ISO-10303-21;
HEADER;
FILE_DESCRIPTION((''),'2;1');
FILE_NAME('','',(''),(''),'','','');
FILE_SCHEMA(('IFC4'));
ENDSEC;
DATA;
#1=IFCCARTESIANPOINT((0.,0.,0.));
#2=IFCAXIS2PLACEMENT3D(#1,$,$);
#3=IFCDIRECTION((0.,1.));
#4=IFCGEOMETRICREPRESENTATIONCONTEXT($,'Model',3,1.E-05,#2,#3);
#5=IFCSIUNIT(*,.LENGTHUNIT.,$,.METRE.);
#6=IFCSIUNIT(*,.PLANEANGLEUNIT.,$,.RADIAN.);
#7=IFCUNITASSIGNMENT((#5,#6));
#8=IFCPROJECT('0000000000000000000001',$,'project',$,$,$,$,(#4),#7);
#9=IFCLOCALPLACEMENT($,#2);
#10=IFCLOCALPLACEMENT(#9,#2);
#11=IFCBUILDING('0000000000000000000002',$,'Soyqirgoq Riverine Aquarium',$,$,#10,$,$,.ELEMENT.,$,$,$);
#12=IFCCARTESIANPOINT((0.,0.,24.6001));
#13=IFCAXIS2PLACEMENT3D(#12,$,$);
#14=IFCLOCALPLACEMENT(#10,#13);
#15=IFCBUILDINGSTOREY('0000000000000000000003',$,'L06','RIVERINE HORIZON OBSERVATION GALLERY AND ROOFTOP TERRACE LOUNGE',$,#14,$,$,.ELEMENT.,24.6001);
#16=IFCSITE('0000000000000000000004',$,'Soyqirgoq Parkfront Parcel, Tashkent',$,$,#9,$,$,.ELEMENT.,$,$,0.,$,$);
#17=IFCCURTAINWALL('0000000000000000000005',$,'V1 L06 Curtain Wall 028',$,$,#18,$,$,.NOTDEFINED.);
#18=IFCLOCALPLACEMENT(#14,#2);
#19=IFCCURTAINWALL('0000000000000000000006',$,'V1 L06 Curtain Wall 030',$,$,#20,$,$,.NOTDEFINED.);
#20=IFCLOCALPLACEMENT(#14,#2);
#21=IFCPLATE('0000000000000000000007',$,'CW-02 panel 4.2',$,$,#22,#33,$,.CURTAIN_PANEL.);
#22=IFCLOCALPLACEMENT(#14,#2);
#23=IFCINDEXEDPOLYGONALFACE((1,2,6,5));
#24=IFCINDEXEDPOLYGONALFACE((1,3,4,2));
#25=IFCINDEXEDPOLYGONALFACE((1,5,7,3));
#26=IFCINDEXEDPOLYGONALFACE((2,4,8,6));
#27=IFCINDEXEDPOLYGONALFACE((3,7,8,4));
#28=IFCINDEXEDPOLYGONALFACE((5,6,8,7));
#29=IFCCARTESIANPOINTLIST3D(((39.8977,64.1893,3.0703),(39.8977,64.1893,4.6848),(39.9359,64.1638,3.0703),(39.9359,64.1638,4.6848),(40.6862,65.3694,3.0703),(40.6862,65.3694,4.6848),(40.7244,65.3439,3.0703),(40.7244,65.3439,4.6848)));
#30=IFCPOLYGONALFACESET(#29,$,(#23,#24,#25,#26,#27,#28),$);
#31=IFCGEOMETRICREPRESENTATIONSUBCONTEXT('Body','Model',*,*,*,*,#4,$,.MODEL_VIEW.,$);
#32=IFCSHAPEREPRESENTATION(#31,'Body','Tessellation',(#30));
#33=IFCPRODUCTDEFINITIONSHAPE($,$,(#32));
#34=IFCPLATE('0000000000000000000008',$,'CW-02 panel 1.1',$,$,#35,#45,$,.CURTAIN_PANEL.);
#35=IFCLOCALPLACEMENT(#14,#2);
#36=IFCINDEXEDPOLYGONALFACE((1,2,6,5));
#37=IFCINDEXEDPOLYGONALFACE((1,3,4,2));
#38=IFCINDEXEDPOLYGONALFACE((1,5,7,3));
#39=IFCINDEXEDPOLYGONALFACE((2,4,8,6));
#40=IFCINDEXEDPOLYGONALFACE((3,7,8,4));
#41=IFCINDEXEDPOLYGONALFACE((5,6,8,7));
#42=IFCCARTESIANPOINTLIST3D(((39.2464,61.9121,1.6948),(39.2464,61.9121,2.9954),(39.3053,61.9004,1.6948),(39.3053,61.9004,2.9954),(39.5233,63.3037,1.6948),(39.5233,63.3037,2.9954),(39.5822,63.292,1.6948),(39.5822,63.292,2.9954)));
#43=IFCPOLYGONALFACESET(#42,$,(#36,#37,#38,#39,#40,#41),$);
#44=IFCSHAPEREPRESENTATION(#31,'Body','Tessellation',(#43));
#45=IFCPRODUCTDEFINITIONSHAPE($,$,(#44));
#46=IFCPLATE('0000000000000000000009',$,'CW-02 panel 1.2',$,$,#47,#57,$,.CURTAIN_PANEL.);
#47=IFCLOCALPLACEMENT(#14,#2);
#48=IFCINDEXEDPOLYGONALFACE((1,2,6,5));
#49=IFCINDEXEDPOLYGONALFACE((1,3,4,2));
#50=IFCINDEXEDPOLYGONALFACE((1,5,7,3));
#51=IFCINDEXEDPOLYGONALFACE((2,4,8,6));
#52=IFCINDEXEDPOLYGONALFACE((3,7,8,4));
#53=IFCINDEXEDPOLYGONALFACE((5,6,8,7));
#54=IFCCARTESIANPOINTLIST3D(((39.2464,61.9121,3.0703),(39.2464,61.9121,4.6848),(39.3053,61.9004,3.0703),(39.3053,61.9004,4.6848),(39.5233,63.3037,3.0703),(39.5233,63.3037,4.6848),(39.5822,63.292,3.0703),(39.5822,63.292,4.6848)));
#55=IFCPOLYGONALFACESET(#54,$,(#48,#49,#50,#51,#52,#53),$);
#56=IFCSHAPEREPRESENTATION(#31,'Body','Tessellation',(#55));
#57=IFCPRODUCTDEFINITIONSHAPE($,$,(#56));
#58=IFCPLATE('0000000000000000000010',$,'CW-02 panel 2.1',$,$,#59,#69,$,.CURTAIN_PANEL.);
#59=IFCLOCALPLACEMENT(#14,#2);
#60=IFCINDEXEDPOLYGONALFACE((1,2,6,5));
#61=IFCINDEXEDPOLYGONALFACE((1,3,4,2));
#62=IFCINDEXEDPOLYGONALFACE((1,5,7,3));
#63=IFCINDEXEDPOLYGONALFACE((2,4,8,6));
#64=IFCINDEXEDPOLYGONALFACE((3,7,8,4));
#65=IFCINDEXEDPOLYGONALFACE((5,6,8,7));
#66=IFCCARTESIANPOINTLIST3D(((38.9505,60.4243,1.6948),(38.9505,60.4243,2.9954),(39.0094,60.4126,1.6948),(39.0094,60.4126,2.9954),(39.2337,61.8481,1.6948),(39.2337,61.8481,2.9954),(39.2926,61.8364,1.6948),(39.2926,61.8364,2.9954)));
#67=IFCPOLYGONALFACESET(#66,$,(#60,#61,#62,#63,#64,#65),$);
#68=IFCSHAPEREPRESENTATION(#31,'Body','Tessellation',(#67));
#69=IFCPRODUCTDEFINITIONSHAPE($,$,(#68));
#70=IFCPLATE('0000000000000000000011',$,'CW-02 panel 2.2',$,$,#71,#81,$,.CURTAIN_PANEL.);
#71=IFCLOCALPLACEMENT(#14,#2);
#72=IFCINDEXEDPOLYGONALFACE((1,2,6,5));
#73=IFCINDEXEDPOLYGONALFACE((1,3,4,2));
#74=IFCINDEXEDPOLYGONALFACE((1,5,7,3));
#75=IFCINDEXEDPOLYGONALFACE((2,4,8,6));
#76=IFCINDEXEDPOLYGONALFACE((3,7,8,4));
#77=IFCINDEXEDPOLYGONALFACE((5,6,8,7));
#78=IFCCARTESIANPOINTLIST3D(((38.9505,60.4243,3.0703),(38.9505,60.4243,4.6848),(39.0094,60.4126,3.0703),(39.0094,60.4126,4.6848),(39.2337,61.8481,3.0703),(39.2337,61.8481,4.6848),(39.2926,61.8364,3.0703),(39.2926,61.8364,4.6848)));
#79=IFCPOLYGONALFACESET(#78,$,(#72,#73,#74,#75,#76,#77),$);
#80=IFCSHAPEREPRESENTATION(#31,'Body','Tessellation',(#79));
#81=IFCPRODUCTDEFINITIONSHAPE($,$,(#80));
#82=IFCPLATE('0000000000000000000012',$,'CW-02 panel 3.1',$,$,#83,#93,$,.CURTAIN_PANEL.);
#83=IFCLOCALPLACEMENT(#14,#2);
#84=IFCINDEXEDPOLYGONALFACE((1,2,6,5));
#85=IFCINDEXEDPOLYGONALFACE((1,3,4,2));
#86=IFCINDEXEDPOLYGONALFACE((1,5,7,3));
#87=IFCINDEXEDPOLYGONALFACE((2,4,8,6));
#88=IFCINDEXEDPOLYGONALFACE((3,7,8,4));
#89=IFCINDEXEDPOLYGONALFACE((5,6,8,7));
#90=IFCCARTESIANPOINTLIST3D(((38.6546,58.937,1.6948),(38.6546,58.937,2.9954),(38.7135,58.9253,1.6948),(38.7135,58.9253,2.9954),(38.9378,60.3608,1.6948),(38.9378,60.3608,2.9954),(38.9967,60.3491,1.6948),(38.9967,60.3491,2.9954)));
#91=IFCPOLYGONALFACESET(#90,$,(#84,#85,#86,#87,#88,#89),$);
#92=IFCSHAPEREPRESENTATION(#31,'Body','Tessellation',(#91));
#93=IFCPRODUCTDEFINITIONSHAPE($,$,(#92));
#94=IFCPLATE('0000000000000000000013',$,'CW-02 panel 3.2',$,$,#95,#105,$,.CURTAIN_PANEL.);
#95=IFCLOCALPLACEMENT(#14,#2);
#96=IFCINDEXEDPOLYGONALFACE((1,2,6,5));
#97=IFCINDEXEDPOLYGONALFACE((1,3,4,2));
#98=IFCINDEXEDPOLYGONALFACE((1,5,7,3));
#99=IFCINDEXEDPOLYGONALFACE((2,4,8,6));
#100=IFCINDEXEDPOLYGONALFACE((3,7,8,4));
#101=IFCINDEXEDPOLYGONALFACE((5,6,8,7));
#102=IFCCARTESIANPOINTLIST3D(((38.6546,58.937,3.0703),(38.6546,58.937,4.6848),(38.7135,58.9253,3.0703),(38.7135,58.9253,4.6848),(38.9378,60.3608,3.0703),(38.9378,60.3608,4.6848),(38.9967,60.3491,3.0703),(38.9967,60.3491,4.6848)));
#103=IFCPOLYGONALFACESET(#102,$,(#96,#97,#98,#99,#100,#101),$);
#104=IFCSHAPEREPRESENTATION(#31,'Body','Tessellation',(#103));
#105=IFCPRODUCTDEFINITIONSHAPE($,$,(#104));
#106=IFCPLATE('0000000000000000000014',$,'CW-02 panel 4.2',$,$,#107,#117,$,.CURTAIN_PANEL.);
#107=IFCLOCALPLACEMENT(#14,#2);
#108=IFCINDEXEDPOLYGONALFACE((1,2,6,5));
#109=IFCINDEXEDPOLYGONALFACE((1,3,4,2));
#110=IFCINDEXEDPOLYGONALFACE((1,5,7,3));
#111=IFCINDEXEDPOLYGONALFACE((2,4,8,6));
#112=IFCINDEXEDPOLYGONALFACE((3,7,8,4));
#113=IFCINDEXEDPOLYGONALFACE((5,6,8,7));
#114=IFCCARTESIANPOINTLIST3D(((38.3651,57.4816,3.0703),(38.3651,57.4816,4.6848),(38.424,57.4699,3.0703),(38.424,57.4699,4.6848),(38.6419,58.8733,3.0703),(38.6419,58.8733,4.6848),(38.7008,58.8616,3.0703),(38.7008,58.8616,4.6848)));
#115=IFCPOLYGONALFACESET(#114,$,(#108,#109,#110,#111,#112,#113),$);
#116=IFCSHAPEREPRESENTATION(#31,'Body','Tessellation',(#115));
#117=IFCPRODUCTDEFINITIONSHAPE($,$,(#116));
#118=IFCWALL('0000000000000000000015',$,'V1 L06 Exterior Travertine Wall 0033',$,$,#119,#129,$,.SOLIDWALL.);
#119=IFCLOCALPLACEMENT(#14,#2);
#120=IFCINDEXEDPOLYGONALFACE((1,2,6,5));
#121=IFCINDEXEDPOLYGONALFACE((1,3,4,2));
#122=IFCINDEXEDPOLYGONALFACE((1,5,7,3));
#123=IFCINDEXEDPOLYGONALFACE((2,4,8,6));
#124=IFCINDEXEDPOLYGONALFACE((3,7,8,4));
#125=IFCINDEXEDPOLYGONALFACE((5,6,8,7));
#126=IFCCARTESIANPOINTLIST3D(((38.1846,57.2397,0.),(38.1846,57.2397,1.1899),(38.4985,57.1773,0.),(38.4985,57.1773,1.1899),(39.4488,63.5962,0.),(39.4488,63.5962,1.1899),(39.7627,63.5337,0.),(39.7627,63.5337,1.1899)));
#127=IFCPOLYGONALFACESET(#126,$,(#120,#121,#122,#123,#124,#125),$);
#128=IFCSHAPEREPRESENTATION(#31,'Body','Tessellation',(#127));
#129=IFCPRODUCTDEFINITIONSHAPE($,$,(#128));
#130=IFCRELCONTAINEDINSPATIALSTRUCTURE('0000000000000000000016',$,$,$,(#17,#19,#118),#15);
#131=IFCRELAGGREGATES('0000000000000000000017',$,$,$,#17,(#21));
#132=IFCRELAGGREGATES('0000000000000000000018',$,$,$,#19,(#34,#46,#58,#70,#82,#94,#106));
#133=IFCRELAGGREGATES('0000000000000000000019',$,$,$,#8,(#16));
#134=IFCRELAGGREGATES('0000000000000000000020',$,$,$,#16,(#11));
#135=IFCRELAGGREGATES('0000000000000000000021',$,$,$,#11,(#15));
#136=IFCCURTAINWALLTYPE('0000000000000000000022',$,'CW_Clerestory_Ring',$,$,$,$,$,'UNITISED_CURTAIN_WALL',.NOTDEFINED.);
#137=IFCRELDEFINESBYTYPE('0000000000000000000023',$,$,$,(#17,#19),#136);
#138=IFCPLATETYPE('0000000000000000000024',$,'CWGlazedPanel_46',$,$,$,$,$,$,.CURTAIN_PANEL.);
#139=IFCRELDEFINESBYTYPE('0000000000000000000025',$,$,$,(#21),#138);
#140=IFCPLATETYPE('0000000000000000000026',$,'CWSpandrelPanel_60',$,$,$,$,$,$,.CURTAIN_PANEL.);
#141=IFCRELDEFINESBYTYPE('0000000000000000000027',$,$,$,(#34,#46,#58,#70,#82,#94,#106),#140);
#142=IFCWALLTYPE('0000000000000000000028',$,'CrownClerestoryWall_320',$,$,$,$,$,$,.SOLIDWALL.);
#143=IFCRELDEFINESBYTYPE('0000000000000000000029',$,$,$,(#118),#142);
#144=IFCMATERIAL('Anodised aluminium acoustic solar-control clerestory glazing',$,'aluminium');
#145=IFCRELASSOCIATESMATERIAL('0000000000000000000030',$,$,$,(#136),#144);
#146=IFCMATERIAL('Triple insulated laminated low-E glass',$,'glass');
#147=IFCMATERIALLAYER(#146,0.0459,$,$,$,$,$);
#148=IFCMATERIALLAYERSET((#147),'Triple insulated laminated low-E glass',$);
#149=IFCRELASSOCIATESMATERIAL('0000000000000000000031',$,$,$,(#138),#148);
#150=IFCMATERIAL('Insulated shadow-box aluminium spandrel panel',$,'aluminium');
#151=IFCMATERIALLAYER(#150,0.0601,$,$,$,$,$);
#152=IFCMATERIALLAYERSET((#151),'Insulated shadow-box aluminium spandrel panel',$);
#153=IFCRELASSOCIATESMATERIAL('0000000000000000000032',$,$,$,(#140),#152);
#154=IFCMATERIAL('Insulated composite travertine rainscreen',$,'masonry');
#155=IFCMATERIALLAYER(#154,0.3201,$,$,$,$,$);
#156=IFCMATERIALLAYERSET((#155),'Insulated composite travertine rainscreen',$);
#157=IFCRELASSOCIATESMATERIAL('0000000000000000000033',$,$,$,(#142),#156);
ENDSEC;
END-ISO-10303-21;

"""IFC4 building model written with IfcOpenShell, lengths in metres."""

from ifc_helpers import new_model, si_unit, direction, frame, frame_2d, origin, origin_2d, place, context, subcontext, project, spatial, rectangle, extrude, material, layer, layer_set, type_object, element, aggregate, save


model = new_model("IFC4")

# Units and contexts
model_context = context("Model", 3, precision=1e-05, world=origin(), true_north=direction((0.0, 1.0)))
body_context = subcontext(model_context, "Body", "Model", "MODEL_VIEW")
ifc_project = project(units=[si_unit("LENGTHUNIT", "METRE"), si_unit("PLANEANGLEUNIT", "RADIAN")], contexts=[model_context])

# Site, building, storey
site_placement = place(None, origin())
site = spatial("IfcSite", under=ifc_project, at=site_placement, Name="Soyqirgoq Parkfront Parcel, Tashkent", CompositionType="ELEMENT", RefElevation=0.0)
building_placement = place(site_placement, origin())
building = spatial("IfcBuilding", under=site, at=building_placement, Name="Soyqirgoq Riverine Aquarium", CompositionType="ELEMENT")
storey_placement = place(building_placement, frame((0.0, 0.0, 24.6001)))
storey = spatial("IfcBuildingStorey", under=building, at=storey_placement, Name="L06", Description="RIVERINE HORIZON OBSERVATION GALLERY AND ROOFTOP TERRACE LOUNGE", CompositionType="ELEMENT", Elevation=24.6001)

# Curtain walls
ifc_material_1 = material(Name="Anodised aluminium acoustic solar-control clerestory glazing", Category="aluminium")
curtain_wall_type = type_object("IfcCurtainWallType", Name="CW_Clerestory_Ring", ElementType="UNITISED_CURTAIN_WALL", PredefinedType="NOTDEFINED", material=ifc_material_1)
curtain_wall_1_placement = place(storey_placement, origin())
curtain_wall_1 = element("IfcCurtainWall", 1, at=curtain_wall_1_placement, inside=storey, type_object=curtain_wall_type, Name="V1 L06 Curtain Wall 028", PredefinedType="NOTDEFINED")
curtain_wall_2_placement = place(storey_placement, origin())
curtain_wall_2 = element("IfcCurtainWall", 2, at=curtain_wall_2_placement, inside=storey, type_object=curtain_wall_type, Name="V1 L06 Curtain Wall 030", PredefinedType="NOTDEFINED")

# Plates
ifc_material_2 = material(Name="Triple insulated laminated low-E glass", Category="glass")
ifc_layer_1 = layer(ifc_material_2, 0.0459)
ifc_layer_set_1 = layer_set([ifc_layer_1], Name="Triple insulated laminated low-E glass")
plate_type_1 = type_object("IfcPlateType", Name="CWGlazedPanel_46", PredefinedType="CURTAIN_PANEL", material=ifc_layer_set_1)
plate_1_placement = place(storey_placement, frame((40.311, 64.7666, 3.0703), z_axis=(0.0, 0.0, 1.0), x_axis=(-0.555579, -0.831464, 0.0)))
plate_1 = element("IfcPlate", 3, at=plate_1_placement, type_object=plate_type_1, Name="CW-02 panel 4.2", PredefinedType="CURTAIN_PANEL", context=body_context, shape_type="SweptSolid", body=[
    extrude(rectangle(XDim=1.4192, YDim=0.0459, at=origin_2d()), origin(), (0.0, 0.0, 1.0), 1.6145),
])
aggregate(curtain_wall_1, [plate_1])
ifc_material_3 = material(Name="Insulated shadow-box aluminium spandrel panel", Category="aluminium")
ifc_layer_2 = layer(ifc_material_3, 0.0601)
ifc_layer_set_2 = layer_set([ifc_layer_2], Name="Insulated shadow-box aluminium spandrel panel")
plate_type_2 = type_object("IfcPlateType", Name="CWSpandrelPanel_60", PredefinedType="CURTAIN_PANEL", material=ifc_layer_set_2)
plate_2_placement = place(storey_placement, frame((39.4143, 62.6021, 1.6948), z_axis=(0.0, 0.0, 1.0), x_axis=(-0.195095, -0.980784, 0.0)))
plate_2 = element("IfcPlate", 4, at=plate_2_placement, type_object=plate_type_2, Name="CW-02 panel 1.1", PredefinedType="CURTAIN_PANEL", context=body_context, shape_type="SweptSolid", body=[
    extrude(rectangle(XDim=1.4189, YDim=0.0601, at=origin_2d()), origin(), (0.0, 0.0, 1.0), 1.3005),
])
plate_3_placement = place(storey_placement, frame((39.4143, 62.6021, 3.0703), z_axis=(0.0, 0.0, 1.0), x_axis=(-0.195095, -0.980784, 0.0)))
plate_3 = element("IfcPlate", 5, at=plate_3_placement, type_object=plate_type_2, Name="CW-02 panel 1.2", PredefinedType="CURTAIN_PANEL", context=body_context, shape_type="SweptSolid", body=[
    extrude(rectangle(XDim=1.4189, YDim=0.0601, at=origin_2d()), origin(), (0.0, 0.0, 1.0), 1.6145),
])
plate_4_placement = place(storey_placement, frame((39.1216, 61.1304, 1.6948), z_axis=(0.0, 0.0, 1.0), x_axis=(-0.195095, -0.980784, 0.0)))
plate_4 = element("IfcPlate", 6, at=plate_4_placement, type_object=plate_type_2, Name="CW-02 panel 2.1", PredefinedType="CURTAIN_PANEL", context=body_context, shape_type="SweptSolid", body=[
    extrude(rectangle(XDim=1.4517, YDim=0.0601, at=origin_2d()), origin(), (0.0, 0.0, 1.0), 1.3005),
])
plate_5_placement = place(storey_placement, frame((39.1216, 61.1304, 3.0703), z_axis=(0.0, 0.0, 1.0), x_axis=(-0.195095, -0.980784, 0.0)))
plate_5 = element("IfcPlate", 7, at=plate_5_placement, type_object=plate_type_2, Name="CW-02 panel 2.2", PredefinedType="CURTAIN_PANEL", context=body_context, shape_type="SweptSolid", body=[
    extrude(rectangle(XDim=1.4517, YDim=0.0601, at=origin_2d()), origin(), (0.0, 0.0, 1.0), 1.6145),
])
plate_6_placement = place(storey_placement, frame((38.8257, 59.6431, 1.6948), z_axis=(0.0, 0.0, 1.0), x_axis=(-0.195095, -0.980784, 0.0)))
plate_6 = element("IfcPlate", 8, at=plate_6_placement, type_object=plate_type_2, Name="CW-02 panel 3.1", PredefinedType="CURTAIN_PANEL", context=body_context, shape_type="SweptSolid", body=[
    extrude(rectangle(XDim=1.4517, YDim=0.0601, at=origin_2d()), origin(), (0.0, 0.0, 1.0), 1.3005),
])
plate_7_placement = place(storey_placement, frame((38.8257, 59.6431, 3.0703), z_axis=(0.0, 0.0, 1.0), x_axis=(-0.195095, -0.980784, 0.0)))
plate_7 = element("IfcPlate", 9, at=plate_7_placement, type_object=plate_type_2, Name="CW-02 panel 3.2", PredefinedType="CURTAIN_PANEL", context=body_context, shape_type="SweptSolid", body=[
    extrude(rectangle(XDim=1.4517, YDim=0.0601, at=origin_2d()), origin(), (0.0, 0.0, 1.0), 1.6145),
])
plate_8_placement = place(storey_placement, frame((38.533, 58.1716, 3.0703), z_axis=(0.0, 0.0, 1.0), x_axis=(-0.195095, -0.980784, 0.0)))
plate_8 = element("IfcPlate", 10, at=plate_8_placement, type_object=plate_type_2, Name="CW-02 panel 4.2", PredefinedType="CURTAIN_PANEL", context=body_context, shape_type="SweptSolid", body=[
    extrude(rectangle(XDim=1.4189, YDim=0.0601, at=origin_2d()), origin(), (0.0, 0.0, 1.0), 1.6145),
])
aggregate(curtain_wall_2, [plate_2, plate_3, plate_4, plate_5, plate_6, plate_7, plate_8])

# Wall
ifc_material_4 = material(Name="Insulated composite travertine rainscreen", Category="masonry")
ifc_layer_3 = layer(ifc_material_4, 0.3201)
ifc_layer_set_3 = layer_set([ifc_layer_3], Name="Insulated composite travertine rainscreen")
wall_type = type_object("IfcWallType", Name="CrownClerestoryWall_320", PredefinedType="SOLIDWALL", material=ifc_layer_set_3)
wall_placement = place(storey_placement, frame((39.6057, 63.5649, 0.0), z_axis=(0.0, 0.0, 1.0), x_axis=(-0.195058, -0.980792, 0.0)))
element("IfcWall", 11, at=wall_placement, inside=storey, type_object=wall_type, Name="V1 L06 Exterior Travertine Wall 0033", PredefinedType="SOLIDWALL", context=body_context, shape_type="SweptSolid", body=[
    extrude(rectangle(XDim=6.481, YDim=0.3201, at=frame_2d((3.2405, 0.0))), origin(), (0.0, 0.0, 1.0), 1.1899),
])

save(model, "model.ifc")
